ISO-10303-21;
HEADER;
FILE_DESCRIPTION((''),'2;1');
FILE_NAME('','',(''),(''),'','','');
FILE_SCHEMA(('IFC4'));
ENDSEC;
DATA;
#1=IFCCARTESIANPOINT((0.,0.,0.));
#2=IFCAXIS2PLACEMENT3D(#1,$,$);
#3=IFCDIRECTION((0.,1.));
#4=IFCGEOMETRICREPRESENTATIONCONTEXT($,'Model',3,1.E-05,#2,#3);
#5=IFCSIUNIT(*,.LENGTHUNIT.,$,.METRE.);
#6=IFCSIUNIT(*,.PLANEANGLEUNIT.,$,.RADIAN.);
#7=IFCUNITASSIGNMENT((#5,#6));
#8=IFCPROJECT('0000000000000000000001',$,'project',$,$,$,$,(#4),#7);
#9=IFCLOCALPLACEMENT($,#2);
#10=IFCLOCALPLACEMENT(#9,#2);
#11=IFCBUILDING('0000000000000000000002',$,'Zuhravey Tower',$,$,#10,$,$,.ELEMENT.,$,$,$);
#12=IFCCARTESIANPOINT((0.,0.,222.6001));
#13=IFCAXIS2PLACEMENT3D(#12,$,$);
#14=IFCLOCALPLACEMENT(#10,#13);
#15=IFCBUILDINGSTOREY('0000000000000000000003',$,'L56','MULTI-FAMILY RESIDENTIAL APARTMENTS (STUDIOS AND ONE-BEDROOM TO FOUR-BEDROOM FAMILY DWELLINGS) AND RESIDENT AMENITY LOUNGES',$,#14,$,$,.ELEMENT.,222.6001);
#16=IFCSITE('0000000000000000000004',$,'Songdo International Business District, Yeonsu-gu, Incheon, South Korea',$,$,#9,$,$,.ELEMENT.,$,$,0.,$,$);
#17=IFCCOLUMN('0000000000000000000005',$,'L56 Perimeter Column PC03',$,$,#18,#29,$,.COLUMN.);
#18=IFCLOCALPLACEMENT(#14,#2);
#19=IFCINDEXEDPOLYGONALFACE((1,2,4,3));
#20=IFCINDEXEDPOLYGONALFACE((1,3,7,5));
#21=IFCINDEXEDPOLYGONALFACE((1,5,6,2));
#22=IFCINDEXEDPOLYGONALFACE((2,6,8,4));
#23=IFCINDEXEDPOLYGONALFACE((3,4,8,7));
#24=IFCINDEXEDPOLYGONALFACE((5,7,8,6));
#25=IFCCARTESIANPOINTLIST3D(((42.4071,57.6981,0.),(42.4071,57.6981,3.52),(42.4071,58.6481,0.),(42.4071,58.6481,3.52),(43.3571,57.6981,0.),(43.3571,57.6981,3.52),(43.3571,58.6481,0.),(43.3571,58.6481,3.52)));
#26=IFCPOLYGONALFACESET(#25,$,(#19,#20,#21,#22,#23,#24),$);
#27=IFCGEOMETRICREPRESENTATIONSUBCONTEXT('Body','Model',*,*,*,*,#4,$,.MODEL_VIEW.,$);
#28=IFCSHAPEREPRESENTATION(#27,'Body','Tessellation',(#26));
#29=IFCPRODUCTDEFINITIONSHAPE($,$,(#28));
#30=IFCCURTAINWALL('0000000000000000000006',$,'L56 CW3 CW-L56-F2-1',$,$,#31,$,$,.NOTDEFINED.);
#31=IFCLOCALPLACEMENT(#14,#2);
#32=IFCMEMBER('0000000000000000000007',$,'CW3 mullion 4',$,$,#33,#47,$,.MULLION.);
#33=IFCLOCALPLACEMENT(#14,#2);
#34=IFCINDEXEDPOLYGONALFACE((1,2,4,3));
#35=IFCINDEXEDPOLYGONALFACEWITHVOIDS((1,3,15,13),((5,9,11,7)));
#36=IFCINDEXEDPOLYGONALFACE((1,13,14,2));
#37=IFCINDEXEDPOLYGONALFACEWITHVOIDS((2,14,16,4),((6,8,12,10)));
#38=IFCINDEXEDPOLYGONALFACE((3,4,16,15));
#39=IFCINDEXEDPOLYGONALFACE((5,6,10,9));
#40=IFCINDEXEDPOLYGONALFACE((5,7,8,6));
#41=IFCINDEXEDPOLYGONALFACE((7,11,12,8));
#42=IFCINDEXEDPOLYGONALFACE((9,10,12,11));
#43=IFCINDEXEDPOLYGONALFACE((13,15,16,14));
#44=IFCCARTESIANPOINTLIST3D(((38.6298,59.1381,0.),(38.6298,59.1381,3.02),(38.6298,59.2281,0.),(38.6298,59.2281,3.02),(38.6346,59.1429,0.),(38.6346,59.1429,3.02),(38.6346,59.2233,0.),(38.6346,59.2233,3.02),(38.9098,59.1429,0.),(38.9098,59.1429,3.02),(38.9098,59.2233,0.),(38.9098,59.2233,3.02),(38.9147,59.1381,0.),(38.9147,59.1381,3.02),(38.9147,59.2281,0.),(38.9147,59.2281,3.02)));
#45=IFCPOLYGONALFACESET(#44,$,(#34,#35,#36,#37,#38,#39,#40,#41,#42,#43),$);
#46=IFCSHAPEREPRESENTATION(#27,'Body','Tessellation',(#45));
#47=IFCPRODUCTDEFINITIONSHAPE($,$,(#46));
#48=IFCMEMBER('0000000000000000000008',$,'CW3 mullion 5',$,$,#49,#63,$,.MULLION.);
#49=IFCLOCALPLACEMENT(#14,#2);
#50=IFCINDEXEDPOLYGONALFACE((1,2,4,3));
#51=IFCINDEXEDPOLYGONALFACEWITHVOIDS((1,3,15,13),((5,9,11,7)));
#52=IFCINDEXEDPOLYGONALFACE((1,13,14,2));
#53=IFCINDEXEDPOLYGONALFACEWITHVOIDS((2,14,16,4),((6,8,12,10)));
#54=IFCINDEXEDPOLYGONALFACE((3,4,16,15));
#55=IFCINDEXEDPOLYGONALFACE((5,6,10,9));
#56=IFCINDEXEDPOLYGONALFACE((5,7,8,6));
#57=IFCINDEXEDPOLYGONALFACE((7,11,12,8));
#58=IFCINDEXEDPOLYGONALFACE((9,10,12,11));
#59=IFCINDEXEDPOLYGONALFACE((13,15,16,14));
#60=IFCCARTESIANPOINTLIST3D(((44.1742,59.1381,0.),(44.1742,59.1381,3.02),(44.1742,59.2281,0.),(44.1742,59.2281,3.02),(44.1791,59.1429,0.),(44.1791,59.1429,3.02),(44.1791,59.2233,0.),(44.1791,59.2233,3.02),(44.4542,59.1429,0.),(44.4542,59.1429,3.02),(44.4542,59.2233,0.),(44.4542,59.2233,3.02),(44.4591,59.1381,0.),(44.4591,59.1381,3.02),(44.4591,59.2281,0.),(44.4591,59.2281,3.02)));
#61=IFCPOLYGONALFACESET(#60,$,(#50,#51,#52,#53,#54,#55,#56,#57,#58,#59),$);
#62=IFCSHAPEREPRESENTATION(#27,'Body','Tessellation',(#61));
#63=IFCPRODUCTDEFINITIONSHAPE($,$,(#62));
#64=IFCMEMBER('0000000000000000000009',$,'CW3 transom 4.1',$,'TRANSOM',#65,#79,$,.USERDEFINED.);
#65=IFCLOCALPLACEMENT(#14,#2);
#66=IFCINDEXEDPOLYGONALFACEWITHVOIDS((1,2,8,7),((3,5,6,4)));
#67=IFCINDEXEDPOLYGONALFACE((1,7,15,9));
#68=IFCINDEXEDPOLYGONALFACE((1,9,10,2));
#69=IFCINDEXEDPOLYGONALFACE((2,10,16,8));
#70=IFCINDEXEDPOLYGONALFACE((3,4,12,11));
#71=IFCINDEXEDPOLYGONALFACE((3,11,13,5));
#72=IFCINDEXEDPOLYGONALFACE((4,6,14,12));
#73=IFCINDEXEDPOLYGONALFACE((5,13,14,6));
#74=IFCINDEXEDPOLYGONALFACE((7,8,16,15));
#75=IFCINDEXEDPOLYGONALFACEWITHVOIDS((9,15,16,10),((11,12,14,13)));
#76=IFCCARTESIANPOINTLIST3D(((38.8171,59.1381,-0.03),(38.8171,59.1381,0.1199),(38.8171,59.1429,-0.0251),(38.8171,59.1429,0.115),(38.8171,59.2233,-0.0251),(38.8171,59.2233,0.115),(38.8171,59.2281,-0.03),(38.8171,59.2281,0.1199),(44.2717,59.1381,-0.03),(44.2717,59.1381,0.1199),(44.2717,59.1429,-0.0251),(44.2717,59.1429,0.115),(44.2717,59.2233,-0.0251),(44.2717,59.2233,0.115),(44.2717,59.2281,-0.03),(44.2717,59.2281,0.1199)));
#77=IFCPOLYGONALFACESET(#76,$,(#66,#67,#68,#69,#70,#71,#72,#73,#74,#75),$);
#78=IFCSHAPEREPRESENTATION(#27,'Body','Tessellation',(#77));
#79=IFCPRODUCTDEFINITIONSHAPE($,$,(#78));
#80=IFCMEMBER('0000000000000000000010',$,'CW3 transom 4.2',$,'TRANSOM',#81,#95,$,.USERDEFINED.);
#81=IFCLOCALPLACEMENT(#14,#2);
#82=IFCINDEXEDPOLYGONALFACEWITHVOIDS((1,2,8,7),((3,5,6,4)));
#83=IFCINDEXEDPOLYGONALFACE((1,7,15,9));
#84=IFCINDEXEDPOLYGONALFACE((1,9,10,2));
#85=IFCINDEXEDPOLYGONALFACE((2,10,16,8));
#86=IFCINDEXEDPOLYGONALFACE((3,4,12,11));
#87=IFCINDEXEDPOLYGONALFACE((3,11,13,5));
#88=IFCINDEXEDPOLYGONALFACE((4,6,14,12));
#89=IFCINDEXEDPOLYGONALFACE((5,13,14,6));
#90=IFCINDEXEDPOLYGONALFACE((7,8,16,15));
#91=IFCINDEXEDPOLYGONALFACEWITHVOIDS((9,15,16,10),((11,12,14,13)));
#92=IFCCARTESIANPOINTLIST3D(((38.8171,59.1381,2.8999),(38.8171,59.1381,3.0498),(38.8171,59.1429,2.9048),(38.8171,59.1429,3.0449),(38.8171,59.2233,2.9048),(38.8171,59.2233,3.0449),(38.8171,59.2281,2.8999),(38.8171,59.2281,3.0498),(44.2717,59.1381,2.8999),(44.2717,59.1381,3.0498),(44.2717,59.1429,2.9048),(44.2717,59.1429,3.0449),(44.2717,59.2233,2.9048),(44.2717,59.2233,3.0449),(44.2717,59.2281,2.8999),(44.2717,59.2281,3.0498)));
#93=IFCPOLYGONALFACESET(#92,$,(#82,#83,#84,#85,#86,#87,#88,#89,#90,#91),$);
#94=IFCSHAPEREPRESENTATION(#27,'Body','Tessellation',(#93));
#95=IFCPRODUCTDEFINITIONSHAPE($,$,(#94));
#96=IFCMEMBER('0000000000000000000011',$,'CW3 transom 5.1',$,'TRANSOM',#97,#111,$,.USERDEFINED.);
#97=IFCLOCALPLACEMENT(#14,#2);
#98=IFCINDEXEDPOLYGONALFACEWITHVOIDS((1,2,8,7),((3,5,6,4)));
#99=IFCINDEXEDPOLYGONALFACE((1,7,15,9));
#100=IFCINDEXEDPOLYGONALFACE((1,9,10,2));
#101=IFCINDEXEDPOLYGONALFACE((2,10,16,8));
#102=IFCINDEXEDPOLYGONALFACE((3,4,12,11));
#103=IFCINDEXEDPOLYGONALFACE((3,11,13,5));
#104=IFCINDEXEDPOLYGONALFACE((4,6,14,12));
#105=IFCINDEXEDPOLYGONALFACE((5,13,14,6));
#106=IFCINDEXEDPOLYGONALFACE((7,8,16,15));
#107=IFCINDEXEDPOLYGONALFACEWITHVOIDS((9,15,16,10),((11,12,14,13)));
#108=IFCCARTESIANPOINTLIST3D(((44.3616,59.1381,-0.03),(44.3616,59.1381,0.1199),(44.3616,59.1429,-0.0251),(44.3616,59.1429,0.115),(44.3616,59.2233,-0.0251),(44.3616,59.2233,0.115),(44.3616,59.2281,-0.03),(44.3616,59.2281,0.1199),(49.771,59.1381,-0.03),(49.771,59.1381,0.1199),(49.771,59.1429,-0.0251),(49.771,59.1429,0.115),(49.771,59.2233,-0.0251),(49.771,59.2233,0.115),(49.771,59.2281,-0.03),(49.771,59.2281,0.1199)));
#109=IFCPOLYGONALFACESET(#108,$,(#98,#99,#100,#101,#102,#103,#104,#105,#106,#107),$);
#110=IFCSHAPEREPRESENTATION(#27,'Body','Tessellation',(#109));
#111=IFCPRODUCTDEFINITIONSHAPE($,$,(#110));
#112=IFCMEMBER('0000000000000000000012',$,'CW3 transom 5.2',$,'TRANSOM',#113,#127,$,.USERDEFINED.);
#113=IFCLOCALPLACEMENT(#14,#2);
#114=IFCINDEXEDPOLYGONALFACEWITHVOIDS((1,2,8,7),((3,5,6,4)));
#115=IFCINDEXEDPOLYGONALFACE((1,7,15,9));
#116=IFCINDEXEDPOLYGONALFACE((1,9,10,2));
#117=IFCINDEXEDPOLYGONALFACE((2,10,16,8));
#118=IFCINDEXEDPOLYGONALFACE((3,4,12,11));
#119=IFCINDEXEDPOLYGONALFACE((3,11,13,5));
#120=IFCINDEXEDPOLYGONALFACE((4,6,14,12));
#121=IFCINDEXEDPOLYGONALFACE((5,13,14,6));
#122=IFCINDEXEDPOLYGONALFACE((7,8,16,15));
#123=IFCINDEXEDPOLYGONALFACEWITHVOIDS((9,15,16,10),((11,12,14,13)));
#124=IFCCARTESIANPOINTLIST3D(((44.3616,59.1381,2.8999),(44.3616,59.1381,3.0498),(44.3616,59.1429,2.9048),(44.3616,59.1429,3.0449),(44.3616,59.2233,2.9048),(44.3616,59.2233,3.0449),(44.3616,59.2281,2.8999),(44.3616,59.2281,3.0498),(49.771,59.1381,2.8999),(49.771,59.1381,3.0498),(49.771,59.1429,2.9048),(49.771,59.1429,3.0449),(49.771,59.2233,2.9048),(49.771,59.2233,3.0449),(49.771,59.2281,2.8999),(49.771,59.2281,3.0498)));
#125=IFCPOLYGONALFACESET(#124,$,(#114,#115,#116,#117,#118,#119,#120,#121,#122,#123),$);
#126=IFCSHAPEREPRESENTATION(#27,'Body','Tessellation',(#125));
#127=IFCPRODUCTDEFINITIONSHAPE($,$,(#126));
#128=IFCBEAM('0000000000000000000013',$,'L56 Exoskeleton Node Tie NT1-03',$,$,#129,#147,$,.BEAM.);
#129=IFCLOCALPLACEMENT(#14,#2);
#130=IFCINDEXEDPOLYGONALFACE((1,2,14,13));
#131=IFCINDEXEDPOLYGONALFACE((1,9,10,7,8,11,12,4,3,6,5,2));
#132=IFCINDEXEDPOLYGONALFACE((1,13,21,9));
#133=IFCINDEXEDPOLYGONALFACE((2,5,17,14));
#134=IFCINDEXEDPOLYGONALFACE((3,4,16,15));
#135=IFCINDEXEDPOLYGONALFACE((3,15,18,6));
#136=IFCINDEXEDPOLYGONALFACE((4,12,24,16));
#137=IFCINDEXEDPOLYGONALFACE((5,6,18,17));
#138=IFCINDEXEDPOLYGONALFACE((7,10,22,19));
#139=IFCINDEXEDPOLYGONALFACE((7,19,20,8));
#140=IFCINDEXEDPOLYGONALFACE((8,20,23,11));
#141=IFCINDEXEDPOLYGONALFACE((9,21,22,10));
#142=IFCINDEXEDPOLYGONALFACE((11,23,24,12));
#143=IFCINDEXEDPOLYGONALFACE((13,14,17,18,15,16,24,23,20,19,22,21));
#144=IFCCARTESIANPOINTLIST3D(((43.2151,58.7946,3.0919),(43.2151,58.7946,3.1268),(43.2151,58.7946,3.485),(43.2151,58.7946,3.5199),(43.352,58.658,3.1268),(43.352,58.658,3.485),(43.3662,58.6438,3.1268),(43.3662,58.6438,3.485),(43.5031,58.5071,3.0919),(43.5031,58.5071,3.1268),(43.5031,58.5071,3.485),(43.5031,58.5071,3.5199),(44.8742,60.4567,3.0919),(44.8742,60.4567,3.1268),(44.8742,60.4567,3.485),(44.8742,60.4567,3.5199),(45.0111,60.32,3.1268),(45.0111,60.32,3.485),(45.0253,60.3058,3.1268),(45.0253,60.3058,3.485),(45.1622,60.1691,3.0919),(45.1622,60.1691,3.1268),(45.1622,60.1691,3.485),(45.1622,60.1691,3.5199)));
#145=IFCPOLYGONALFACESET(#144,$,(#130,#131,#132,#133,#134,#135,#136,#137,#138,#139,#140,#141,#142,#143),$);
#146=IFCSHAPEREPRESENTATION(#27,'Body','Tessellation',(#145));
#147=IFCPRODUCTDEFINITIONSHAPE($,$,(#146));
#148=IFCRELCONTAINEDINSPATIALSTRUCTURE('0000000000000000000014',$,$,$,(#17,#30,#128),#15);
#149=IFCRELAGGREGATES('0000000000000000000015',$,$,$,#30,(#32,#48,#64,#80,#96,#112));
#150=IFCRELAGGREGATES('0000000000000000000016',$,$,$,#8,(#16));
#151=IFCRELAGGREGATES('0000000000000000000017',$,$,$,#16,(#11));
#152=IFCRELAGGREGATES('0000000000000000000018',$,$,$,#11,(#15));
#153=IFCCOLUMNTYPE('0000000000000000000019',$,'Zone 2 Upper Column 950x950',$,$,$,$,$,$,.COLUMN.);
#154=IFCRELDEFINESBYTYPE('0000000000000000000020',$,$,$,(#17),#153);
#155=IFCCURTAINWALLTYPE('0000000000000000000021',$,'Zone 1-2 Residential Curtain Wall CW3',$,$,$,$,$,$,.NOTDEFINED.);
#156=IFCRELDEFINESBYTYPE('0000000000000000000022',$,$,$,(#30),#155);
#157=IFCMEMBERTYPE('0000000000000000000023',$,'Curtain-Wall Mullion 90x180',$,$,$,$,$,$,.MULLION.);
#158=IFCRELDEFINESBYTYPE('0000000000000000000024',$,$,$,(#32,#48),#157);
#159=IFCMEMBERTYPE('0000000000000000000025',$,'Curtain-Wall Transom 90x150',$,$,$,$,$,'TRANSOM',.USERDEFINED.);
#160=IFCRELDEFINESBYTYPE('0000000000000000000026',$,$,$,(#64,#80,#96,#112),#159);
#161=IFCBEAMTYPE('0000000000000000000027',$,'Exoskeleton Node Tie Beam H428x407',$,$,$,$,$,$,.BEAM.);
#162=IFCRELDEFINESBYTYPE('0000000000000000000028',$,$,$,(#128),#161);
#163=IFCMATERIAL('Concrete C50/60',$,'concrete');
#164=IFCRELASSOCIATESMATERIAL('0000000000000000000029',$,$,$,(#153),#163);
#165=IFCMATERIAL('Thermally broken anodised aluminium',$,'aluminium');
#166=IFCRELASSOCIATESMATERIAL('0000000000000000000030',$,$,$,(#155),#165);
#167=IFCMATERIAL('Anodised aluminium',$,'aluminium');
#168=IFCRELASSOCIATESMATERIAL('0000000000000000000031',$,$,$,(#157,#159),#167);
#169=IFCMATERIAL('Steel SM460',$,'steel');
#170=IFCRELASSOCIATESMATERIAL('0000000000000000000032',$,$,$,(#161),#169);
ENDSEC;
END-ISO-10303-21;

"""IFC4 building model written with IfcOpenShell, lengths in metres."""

from ifc_helpers import new_model, si_unit, direction, frame, origin, origin_2d, place, context, subcontext, project, spatial, rectangle, hollow_rectangle, i_section, extrude, material, material_profile, profile_set, type_object, element, aggregate, save


model = new_model("IFC4")

# Units and contexts
model_context = context("Model", 3, precision=1e-05, world=origin(), true_north=direction((0.0, 1.0)))
body_context = subcontext(model_context, "Body", "Model", "MODEL_VIEW")
ifc_project = project(units=[si_unit("LENGTHUNIT", "METRE"), si_unit("PLANEANGLEUNIT", "RADIAN")], contexts=[model_context])

# Site, building, storey
site_placement = place(None, origin())
site = spatial("IfcSite", under=ifc_project, at=site_placement, Name="Songdo International Business District, Yeonsu-gu, Incheon, South Korea", CompositionType="ELEMENT", RefElevation=0.0)
building_placement = place(site_placement, origin())
building = spatial("IfcBuilding", under=site, at=building_placement, Name="Zuhravey Tower", CompositionType="ELEMENT")
storey_placement = place(building_placement, frame((0.0, 0.0, 222.6001)))
storey = spatial("IfcBuildingStorey", under=building, at=storey_placement, Name="L56", Description="MULTI-FAMILY RESIDENTIAL APARTMENTS (STUDIOS AND ONE-BEDROOM TO FOUR-BEDROOM FAMILY DWELLINGS) AND RESIDENT AMENITY LOUNGES", CompositionType="ELEMENT", Elevation=222.6001)

# Column
ifc_material_1 = material(Name="Concrete C50/60", Category="concrete")
ifc_material_profile_1 = material_profile(ifc_material_1, rectangle(XDim=0.95, YDim=0.95, at=origin_2d()), Name="RC-950x950")
ifc_profile_set_1 = profile_set([ifc_material_profile_1], Name="Concrete C50/60")
column_type = type_object("IfcColumnType", Name="Zone 2 Upper Column 950x950", PredefinedType="COLUMN", material=ifc_profile_set_1)
column_placement = place(storey_placement, frame((42.8821, 58.1731, 0.0), z_axis=(0.0, 0.0, 1.0), x_axis=(-1.0, 0.0, 0.0)))
element("IfcColumn", 1, at=column_placement, inside=storey, type_object=column_type, Name="L56 Perimeter Column PC03", PredefinedType="COLUMN", context=body_context, shape_type="SweptSolid", body=[
    extrude(rectangle(XDim=0.95, YDim=0.95, at=origin_2d()), origin(), (0.0, 0.0, 1.0), 3.52),
])

# Curtain wall, members
ifc_material_2 = material(Name="Thermally broken anodised aluminium", Category="aluminium")
curtain_wall_type = type_object("IfcCurtainWallType", Name="Zone 1-2 Residential Curtain Wall CW3", PredefinedType="NOTDEFINED", material=ifc_material_2)
curtain_wall_placement = place(storey_placement, origin())
curtain_wall = element("IfcCurtainWall", 2, at=curtain_wall_placement, inside=storey, type_object=curtain_wall_type, Name="L56 CW3 CW-L56-F2-1", PredefinedType="NOTDEFINED")
ifc_material_3 = material(Name="Anodised aluminium", Category="aluminium")
ifc_material_profile_2 = material_profile(ifc_material_3, hollow_rectangle(XDim=0.0901, YDim=0.2849, WallThickness=0.0049, at=origin_2d()), Name="ALU-RHS-90x285x5")
ifc_profile_set_2 = profile_set([ifc_material_profile_2], Name="Anodised aluminium")
member_type_1 = type_object("IfcMemberType", Name="Curtain-Wall Mullion 90x180", PredefinedType="MULLION", material=ifc_profile_set_2)
member_1_placement = place(storey_placement, frame((38.7722, 59.1831, 0.0), z_axis=(0.0, 0.0, 1.0), x_axis=(0.0, 1.0, 0.0)))
member_1 = element("IfcMember", 3, at=member_1_placement, type_object=member_type_1, Name="CW3 mullion 4", PredefinedType="MULLION", context=body_context, shape_type="SweptSolid", body=[
    extrude(hollow_rectangle(XDim=0.0901, YDim=0.2849, WallThickness=0.0049, at=origin_2d()), origin(), (0.0, 0.0, 1.0), 3.02),
])
member_2_placement = place(storey_placement, frame((44.3167, 59.1831, 0.0), z_axis=(0.0, 0.0, 1.0), x_axis=(0.0, 1.0, 0.0)))
member_2 = element("IfcMember", 4, at=member_2_placement, type_object=member_type_1, Name="CW3 mullion 5", PredefinedType="MULLION", context=body_context, shape_type="SweptSolid", body=[
    extrude(hollow_rectangle(XDim=0.0901, YDim=0.2849, WallThickness=0.0049, at=origin_2d()), origin(), (0.0, 0.0, 1.0), 3.02),
])
ifc_material_profile_3 = material_profile(ifc_material_3, hollow_rectangle(XDim=0.0901, YDim=0.1499, WallThickness=0.0049, at=origin_2d()), Name="ALU-RHS-90x150x5")
ifc_profile_set_3 = profile_set([ifc_material_profile_3], Name="Anodised aluminium")
member_type_2 = type_object("IfcMemberType", Name="Curtain-Wall Transom 90x150", ElementType="TRANSOM", PredefinedType="USERDEFINED", material=ifc_profile_set_3)
member_3_placement = place(storey_placement, frame((38.8171, 59.1831, 0.0449), z_axis=(1.0, 0.0, 0.0), x_axis=(0.0, 1.0, 0.0)))
member_3 = element("IfcMember", 5, at=member_3_placement, type_object=member_type_2, Name="CW3 transom 4.1", ObjectType="TRANSOM", PredefinedType="USERDEFINED", context=body_context, shape_type="SweptSolid", body=[
    extrude(hollow_rectangle(XDim=0.0901, YDim=0.1499, WallThickness=0.0049, at=origin_2d()), origin(), (0.0, 0.0, 1.0), 5.4546),
])
member_4_placement = place(storey_placement, frame((38.8171, 59.1831, 2.9749), z_axis=(1.0, 0.0, 0.0), x_axis=(0.0, 1.0, 0.0)))
member_4 = element("IfcMember", 6, at=member_4_placement, type_object=member_type_2, Name="CW3 transom 4.2", ObjectType="TRANSOM", PredefinedType="USERDEFINED", context=body_context, shape_type="SweptSolid", body=[
    extrude(hollow_rectangle(XDim=0.0901, YDim=0.1499, WallThickness=0.0049, at=origin_2d()), origin(), (0.0, 0.0, 1.0), 5.4546),
])
member_5_placement = place(storey_placement, frame((44.3616, 59.1831, 0.0449), z_axis=(1.0, 0.0, 0.0), x_axis=(0.0, 1.0, 0.0)))
member_5 = element("IfcMember", 7, at=member_5_placement, type_object=member_type_2, Name="CW3 transom 5.1", ObjectType="TRANSOM", PredefinedType="USERDEFINED", context=body_context, shape_type="SweptSolid", body=[
    extrude(hollow_rectangle(XDim=0.0901, YDim=0.1499, WallThickness=0.0049, at=origin_2d()), origin(), (0.0, 0.0, 1.0), 5.4094),
])
member_6_placement = place(storey_placement, frame((44.3616, 59.1831, 2.9749), z_axis=(1.0, 0.0, 0.0), x_axis=(0.0, 1.0, 0.0)))
member_6 = element("IfcMember", 8, at=member_6_placement, type_object=member_type_2, Name="CW3 transom 5.2", ObjectType="TRANSOM", PredefinedType="USERDEFINED", context=body_context, shape_type="SweptSolid", body=[
    extrude(hollow_rectangle(XDim=0.0901, YDim=0.1499, WallThickness=0.0049, at=origin_2d()), origin(), (0.0, 0.0, 1.0), 5.4094),
])

# Beam
ifc_material_4 = material(Name="Steel SM460", Category="steel")
ifc_material_profile_4 = material_profile(ifc_material_4, i_section(OverallWidth=0.407, OverallDepth=0.428, WebThickness=0.02, FlangeThickness=0.0349, at=origin_2d()), Name="H-428x407x20x35")
ifc_profile_set_4 = profile_set([ifc_material_profile_4], Name="Steel SM460")
beam_type_1 = type_object("IfcBeamType", Name="Exoskeleton Node Tie Beam H428x407", PredefinedType="BEAM", material=ifc_profile_set_4)
beam_1_placement = place(storey_placement, frame((43.3591, 58.6509, 3.3059), z_axis=(0.706483, 0.70773, 0.0), x_axis=(-0.70773, 0.706483, 0.0)))
element("IfcBeam", 9, at=beam_1_placement, inside=storey, type_object=beam_type_1, Name="L56 Exoskeleton Node Tie NT1-03", PredefinedType="BEAM", context=body_context, shape_type="SweptSolid", body=[
    extrude(i_section(OverallWidth=0.407, OverallDepth=0.428, WebThickness=0.02, FlangeThickness=0.0349, at=origin_2d()), origin(), (0.0, 0.0, 1.0), 2.3484),
])

aggregate(curtain_wall, [member_1, member_2, member_3, member_4, member_5, member_6])

save(model, "model.ifc")
